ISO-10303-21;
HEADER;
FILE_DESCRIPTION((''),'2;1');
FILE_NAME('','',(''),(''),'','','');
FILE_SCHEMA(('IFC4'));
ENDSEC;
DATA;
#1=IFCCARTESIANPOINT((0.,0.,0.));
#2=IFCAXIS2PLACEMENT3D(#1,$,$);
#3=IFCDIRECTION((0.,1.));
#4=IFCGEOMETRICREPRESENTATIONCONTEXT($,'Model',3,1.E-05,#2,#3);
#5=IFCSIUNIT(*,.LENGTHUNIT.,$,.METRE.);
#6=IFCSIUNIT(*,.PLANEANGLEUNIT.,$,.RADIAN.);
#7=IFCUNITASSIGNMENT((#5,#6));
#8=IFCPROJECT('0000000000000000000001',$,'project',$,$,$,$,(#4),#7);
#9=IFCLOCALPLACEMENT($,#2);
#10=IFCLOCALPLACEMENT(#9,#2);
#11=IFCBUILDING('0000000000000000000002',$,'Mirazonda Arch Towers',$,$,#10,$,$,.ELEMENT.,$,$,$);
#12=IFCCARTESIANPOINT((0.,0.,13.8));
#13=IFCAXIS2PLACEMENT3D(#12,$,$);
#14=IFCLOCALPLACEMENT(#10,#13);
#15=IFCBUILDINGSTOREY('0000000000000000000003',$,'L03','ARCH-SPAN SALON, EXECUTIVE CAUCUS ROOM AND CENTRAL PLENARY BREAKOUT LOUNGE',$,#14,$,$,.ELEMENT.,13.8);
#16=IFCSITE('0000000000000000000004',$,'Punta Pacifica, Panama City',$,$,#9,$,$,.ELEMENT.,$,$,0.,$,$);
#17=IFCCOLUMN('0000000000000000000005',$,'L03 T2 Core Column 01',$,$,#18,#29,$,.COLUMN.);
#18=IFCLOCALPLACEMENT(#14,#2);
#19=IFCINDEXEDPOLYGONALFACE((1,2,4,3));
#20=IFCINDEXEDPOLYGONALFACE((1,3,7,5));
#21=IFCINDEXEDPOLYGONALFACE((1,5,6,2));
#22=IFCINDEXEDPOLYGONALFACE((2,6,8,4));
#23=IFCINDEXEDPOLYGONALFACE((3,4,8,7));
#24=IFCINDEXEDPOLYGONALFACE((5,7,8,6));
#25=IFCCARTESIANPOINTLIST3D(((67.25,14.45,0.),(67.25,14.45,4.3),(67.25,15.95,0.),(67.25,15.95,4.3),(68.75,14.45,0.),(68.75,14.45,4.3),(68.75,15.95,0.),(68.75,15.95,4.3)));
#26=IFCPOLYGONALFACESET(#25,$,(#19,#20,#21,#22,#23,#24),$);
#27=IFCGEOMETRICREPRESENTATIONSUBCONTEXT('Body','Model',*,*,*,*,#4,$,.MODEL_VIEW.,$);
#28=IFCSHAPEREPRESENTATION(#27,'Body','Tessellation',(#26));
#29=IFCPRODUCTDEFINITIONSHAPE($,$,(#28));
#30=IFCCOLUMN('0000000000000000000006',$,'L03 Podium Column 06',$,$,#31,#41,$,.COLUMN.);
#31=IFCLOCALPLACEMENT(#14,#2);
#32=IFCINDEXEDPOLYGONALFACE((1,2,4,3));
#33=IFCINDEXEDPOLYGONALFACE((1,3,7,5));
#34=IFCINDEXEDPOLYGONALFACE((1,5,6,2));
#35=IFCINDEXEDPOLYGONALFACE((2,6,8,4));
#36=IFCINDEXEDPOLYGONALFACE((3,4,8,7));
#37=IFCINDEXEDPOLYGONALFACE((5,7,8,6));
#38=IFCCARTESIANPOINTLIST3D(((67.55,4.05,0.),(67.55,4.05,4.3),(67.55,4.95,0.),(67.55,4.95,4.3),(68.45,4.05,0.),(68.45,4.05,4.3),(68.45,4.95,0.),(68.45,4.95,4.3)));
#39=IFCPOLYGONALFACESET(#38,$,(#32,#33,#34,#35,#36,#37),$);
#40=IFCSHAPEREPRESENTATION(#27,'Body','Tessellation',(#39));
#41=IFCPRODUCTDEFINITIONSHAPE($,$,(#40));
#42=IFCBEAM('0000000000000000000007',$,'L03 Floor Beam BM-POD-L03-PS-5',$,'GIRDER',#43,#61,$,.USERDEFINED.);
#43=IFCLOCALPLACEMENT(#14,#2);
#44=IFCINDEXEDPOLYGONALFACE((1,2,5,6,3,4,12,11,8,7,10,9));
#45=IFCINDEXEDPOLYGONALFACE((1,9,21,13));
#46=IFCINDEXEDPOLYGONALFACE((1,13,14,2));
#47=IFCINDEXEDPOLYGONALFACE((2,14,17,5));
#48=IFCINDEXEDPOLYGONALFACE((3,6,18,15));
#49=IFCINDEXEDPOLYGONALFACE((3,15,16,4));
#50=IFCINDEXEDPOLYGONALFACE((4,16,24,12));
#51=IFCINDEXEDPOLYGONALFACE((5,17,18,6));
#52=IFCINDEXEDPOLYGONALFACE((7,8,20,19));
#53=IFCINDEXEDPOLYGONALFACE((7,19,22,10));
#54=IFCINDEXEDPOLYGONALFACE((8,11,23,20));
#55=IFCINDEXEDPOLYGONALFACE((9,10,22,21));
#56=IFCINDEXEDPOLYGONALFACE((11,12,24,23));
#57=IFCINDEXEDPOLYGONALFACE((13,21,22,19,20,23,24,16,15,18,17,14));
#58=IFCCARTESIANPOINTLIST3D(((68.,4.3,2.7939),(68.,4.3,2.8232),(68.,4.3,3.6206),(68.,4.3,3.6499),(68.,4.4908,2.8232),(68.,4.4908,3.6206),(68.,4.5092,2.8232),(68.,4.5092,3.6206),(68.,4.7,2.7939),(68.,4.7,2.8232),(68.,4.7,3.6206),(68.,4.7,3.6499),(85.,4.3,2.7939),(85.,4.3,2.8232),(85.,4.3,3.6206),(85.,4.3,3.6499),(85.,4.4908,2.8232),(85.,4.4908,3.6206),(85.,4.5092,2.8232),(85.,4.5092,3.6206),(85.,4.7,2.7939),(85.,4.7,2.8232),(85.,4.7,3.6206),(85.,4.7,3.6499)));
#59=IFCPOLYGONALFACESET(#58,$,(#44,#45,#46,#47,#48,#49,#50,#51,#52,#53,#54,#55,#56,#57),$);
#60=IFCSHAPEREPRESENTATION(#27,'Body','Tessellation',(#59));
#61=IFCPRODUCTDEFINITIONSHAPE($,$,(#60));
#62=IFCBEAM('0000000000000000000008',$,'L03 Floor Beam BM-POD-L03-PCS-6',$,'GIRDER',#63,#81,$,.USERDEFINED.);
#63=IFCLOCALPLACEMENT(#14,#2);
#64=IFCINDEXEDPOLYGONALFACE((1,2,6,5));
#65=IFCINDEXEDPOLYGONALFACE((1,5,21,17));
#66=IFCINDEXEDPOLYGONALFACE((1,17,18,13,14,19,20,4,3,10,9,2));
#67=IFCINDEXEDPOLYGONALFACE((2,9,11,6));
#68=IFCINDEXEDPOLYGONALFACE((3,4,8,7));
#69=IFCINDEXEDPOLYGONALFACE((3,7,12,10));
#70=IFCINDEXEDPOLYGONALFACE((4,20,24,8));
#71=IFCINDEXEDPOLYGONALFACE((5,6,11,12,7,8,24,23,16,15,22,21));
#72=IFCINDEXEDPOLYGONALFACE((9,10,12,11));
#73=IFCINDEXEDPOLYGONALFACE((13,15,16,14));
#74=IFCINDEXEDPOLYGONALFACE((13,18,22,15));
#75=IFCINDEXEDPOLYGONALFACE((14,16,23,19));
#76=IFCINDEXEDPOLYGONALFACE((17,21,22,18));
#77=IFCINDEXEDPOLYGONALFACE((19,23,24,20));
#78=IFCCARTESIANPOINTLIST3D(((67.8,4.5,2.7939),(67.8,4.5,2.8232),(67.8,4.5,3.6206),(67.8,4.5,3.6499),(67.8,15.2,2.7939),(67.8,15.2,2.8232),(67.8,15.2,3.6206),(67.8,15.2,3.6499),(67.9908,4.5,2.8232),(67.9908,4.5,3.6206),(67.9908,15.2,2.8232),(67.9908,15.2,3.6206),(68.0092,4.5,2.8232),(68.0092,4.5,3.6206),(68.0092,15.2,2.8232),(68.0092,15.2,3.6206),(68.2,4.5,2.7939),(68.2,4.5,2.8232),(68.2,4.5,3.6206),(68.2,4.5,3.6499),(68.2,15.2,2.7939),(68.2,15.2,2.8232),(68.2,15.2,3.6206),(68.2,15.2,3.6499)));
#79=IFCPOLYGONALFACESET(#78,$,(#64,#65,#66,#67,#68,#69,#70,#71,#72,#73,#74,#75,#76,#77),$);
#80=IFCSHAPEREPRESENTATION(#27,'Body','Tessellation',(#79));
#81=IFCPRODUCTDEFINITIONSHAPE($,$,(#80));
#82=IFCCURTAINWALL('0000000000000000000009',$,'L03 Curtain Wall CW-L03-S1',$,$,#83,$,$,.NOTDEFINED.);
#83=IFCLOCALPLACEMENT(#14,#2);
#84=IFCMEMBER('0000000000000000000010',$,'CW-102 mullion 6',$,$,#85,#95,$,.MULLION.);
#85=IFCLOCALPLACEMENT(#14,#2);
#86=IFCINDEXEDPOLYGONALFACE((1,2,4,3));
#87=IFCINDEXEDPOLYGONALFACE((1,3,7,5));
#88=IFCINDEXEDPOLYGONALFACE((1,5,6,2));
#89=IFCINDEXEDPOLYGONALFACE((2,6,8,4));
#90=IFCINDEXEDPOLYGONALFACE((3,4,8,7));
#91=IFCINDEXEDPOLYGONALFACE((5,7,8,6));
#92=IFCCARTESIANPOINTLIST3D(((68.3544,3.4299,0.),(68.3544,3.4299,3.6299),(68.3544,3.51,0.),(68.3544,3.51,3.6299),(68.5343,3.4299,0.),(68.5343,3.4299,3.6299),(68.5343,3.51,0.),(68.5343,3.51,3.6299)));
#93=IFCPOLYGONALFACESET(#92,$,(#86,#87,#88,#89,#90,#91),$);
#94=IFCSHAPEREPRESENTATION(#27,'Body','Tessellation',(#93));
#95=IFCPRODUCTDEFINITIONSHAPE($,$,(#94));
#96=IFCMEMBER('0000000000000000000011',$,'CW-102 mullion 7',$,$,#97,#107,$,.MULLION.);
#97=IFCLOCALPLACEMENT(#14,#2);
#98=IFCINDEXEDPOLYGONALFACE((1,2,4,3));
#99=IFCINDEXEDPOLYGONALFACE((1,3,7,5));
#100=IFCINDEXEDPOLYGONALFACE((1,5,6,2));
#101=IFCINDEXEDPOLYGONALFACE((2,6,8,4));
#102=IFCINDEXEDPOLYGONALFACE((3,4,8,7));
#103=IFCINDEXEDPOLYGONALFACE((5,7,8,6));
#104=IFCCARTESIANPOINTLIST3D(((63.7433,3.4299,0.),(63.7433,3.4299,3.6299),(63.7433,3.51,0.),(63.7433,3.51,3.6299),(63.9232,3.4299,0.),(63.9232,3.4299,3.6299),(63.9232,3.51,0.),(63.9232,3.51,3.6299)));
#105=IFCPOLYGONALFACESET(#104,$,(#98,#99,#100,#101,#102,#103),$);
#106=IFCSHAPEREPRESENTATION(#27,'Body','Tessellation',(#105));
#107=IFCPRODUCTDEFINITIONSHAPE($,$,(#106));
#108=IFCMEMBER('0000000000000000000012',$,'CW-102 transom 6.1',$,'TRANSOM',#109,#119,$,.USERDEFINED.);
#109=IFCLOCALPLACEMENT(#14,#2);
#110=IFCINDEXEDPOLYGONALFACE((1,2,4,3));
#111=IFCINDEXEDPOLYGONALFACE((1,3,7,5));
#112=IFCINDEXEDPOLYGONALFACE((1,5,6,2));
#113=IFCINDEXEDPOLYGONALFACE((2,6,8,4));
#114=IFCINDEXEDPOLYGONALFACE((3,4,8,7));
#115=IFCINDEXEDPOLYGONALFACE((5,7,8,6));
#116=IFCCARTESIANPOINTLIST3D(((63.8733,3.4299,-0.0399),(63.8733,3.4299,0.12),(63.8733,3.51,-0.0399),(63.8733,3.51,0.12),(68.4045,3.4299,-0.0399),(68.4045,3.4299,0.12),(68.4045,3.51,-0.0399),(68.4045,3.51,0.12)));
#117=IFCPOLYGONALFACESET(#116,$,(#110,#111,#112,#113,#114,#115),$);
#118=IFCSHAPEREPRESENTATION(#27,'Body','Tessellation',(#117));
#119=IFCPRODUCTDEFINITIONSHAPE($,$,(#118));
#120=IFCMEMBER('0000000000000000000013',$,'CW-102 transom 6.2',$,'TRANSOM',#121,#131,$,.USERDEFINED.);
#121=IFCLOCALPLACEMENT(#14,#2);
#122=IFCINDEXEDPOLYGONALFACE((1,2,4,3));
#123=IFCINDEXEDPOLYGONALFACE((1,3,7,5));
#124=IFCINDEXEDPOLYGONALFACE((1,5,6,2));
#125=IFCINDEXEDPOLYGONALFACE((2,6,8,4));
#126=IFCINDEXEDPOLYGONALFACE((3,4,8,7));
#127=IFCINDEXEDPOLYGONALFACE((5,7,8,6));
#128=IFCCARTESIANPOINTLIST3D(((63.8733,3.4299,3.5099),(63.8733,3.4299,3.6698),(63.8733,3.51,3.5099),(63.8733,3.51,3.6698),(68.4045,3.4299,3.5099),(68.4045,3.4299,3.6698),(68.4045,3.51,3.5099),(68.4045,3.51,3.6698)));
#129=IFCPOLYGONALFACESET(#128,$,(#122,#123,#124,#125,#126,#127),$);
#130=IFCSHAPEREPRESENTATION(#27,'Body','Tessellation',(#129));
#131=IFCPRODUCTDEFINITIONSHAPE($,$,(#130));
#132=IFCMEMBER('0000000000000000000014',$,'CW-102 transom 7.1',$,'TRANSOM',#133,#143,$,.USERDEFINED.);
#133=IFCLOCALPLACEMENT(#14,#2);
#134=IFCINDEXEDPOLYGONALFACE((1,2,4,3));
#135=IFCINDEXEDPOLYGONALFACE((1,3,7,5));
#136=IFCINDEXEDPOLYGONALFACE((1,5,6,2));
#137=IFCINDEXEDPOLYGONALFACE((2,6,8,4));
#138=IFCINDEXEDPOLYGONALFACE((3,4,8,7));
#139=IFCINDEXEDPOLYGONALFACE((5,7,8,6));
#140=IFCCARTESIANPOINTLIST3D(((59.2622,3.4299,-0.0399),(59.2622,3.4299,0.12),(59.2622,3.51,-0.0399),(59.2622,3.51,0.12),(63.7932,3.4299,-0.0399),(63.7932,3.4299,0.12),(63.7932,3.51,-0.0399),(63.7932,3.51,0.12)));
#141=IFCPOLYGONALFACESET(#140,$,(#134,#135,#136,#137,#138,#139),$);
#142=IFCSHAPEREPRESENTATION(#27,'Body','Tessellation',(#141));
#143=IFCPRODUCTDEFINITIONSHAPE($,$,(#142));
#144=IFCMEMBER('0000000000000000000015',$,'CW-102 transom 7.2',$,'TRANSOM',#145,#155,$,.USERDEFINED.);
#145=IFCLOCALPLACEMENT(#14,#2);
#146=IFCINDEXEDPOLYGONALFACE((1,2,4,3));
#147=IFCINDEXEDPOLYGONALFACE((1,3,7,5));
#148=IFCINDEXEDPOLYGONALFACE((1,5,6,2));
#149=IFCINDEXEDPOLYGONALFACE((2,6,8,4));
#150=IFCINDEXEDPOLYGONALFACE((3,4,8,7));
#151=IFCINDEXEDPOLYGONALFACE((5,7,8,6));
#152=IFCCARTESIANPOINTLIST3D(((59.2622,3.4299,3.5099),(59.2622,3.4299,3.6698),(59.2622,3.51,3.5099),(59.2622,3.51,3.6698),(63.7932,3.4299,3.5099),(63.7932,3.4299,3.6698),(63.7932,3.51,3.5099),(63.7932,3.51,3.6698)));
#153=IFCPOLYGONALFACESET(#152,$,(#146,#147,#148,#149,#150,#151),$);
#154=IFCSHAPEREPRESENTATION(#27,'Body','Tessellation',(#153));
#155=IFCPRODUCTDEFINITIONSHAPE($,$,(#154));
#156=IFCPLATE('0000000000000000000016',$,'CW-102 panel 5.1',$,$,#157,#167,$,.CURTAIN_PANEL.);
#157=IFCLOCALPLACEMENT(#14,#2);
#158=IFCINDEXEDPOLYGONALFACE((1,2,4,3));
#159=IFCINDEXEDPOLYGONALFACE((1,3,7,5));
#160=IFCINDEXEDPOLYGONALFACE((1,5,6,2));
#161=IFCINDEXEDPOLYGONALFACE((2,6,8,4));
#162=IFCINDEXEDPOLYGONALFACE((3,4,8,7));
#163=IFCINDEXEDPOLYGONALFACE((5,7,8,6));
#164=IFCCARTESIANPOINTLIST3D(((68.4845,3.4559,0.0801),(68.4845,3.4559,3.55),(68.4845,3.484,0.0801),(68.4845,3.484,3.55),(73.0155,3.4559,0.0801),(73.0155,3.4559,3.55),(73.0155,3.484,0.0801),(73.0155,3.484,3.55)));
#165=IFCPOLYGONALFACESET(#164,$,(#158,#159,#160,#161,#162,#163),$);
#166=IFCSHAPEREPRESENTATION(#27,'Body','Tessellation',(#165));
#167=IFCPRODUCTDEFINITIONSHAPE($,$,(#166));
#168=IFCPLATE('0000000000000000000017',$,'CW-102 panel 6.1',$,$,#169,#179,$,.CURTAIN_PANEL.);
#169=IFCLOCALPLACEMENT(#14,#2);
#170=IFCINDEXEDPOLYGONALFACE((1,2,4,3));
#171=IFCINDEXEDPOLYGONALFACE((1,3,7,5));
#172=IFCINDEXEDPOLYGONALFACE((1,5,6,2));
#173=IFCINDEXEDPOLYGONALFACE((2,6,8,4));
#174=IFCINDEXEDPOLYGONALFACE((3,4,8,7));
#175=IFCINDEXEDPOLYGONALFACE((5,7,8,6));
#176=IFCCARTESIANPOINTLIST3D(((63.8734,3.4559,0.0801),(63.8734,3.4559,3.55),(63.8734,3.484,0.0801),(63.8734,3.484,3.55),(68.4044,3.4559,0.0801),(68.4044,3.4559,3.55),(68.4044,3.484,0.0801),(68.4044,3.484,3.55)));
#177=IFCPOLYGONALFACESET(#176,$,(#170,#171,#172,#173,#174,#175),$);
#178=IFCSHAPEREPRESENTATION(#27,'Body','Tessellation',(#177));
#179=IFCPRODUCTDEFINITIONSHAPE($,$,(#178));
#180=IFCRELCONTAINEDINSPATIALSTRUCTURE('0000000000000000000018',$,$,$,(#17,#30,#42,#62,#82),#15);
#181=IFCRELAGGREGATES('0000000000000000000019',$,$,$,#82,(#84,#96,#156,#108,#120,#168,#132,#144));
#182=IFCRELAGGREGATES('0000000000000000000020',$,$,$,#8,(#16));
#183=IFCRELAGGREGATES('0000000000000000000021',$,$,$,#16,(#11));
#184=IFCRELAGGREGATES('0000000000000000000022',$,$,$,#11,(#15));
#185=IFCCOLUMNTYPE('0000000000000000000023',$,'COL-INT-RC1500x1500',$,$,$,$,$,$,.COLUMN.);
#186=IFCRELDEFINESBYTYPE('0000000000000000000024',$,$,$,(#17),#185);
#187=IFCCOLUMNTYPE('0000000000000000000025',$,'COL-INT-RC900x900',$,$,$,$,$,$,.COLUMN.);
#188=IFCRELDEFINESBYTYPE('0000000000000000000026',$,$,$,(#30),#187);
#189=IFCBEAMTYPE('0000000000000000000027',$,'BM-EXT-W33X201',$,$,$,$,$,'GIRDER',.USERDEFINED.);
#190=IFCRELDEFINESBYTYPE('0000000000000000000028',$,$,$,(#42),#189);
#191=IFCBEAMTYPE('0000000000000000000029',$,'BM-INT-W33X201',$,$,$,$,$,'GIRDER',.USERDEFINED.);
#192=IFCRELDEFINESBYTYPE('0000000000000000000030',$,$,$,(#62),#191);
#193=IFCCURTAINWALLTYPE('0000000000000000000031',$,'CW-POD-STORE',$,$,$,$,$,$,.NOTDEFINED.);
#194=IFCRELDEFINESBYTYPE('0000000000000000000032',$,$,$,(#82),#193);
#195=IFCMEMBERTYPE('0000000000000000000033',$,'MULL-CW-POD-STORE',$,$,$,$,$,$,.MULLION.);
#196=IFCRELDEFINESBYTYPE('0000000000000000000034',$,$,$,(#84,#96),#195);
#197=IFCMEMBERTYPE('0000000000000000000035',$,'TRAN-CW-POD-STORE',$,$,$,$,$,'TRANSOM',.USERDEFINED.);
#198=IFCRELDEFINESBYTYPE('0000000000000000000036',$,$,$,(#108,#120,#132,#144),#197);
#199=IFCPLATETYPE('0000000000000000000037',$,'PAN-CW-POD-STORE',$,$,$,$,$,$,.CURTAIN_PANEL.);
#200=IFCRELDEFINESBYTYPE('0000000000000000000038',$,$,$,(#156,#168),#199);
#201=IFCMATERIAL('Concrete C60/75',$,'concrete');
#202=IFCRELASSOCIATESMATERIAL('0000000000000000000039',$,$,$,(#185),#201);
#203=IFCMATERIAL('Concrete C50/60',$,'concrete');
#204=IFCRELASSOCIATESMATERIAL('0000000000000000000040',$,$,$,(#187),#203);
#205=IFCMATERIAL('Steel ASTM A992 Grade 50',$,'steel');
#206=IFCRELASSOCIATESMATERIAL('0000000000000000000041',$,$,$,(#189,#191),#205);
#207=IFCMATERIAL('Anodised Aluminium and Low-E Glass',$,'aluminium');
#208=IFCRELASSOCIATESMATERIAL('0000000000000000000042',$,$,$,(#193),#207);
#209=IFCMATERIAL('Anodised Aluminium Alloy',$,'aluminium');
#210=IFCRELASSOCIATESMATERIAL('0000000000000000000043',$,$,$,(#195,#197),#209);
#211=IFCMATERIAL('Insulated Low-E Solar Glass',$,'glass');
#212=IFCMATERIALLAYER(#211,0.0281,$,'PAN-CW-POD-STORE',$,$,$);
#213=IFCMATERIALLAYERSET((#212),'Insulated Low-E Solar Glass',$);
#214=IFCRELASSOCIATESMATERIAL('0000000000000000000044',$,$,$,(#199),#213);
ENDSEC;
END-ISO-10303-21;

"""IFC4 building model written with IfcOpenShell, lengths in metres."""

from ifc_helpers import new_model, si_unit, direction, frame, origin, origin_2d, place, context, subcontext, project, spatial, rectangle, i_section, extrude, material, layer, layer_set, material_profile, profile_set, type_object, element, aggregate, save


model = new_model("IFC4")

# Units and contexts
model_context = context("Model", 3, precision=1e-05, world=origin(), true_north=direction((0.0, 1.0)))
body_context = subcontext(model_context, "Body", "Model", "MODEL_VIEW")
ifc_project = project(units=[si_unit("LENGTHUNIT", "METRE"), si_unit("PLANEANGLEUNIT", "RADIAN")], contexts=[model_context])

# Site, building, storey
site_placement = place(None, origin())
site = spatial("IfcSite", under=ifc_project, at=site_placement, Name="Punta Pacifica, Panama City", CompositionType="ELEMENT", RefElevation=0.0)
building_placement = place(site_placement, origin())
building = spatial("IfcBuilding", under=site, at=building_placement, Name="Mirazonda Arch Towers", CompositionType="ELEMENT")
storey_placement = place(building_placement, frame((0.0, 0.0, 13.8)))
storey = spatial("IfcBuildingStorey", under=building, at=storey_placement, Name="L03", Description="ARCH-SPAN SALON, EXECUTIVE CAUCUS ROOM AND CENTRAL PLENARY BREAKOUT LOUNGE", CompositionType="ELEMENT", Elevation=13.8)

# Columns
ifc_material_1 = material(Name="Concrete C60/75", Category="concrete")
ifc_material_profile_1 = material_profile(ifc_material_1, rectangle(XDim=1.5, YDim=1.5, at=origin_2d()), Name="RC1500x1500")
ifc_profile_set_1 = profile_set([ifc_material_profile_1], Name="Concrete C60/75")
column_type_1 = type_object("IfcColumnType", Name="COL-INT-RC1500x1500", PredefinedType="COLUMN", material=ifc_profile_set_1)
column_1_placement = place(storey_placement, frame((68.0, 15.2, 0.0), z_axis=(0.0, 0.0, 1.0), x_axis=(1.0, 0.0, 0.0)))
element("IfcColumn", 1, at=column_1_placement, inside=storey, type_object=column_type_1, Name="L03 T2 Core Column 01", PredefinedType="COLUMN", context=body_context, shape_type="SweptSolid", body=[
    extrude(rectangle(XDim=1.5, YDim=1.5, at=origin_2d()), origin(), (0.0, 0.0, 1.0), 4.3),
])
ifc_material_2 = material(Name="Concrete C50/60", Category="concrete")
ifc_material_profile_2 = material_profile(ifc_material_2, rectangle(XDim=0.8999, YDim=0.8999, at=origin_2d()), Name="RC900x900")
ifc_profile_set_2 = profile_set([ifc_material_profile_2], Name="Concrete C50/60")
column_type_2 = type_object("IfcColumnType", Name="COL-INT-RC900x900", PredefinedType="COLUMN", material=ifc_profile_set_2)
column_2_placement = place(storey_placement, frame((68.0, 4.5, 0.0), z_axis=(0.0, 0.0, 1.0), x_axis=(1.0, 0.0, 0.0)))
element("IfcColumn", 2, at=column_2_placement, inside=storey, type_object=column_type_2, Name="L03 Podium Column 06", PredefinedType="COLUMN", context=body_context, shape_type="SweptSolid", body=[
    extrude(rectangle(XDim=0.8999, YDim=0.8999, at=origin_2d()), origin(), (0.0, 0.0, 1.0), 4.3),
])

# Beams
ifc_material_3 = material(Name="Steel ASTM A992 Grade 50", Category="steel")
ifc_material_profile_3 = material_profile(ifc_material_3, i_section(OverallWidth=0.3999, OverallDepth=0.856, WebThickness=0.0183, FlangeThickness=0.0293, at=origin_2d()), Name="W33X201")
ifc_profile_set_3 = profile_set([ifc_material_profile_3], Name="Steel ASTM A992 Grade 50")
beam_type_1 = type_object("IfcBeamType", Name="BM-EXT-W33X201", ElementType="GIRDER", PredefinedType="USERDEFINED", material=ifc_profile_set_3)
beam_1_placement = place(storey_placement, frame((68.0, 4.5, 3.2219), z_axis=(1.0, 0.0, 0.0), x_axis=(0.0, 1.0, 0.0)))
element("IfcBeam", 3, at=beam_1_placement, inside=storey, type_object=beam_type_1, Name="L03 Floor Beam BM-POD-L03-PS-5", ObjectType="GIRDER", PredefinedType="USERDEFINED", context=body_context, shape_type="SweptSolid", body=[
    extrude(i_section(OverallWidth=0.3999, OverallDepth=0.856, WebThickness=0.0183, FlangeThickness=0.0293, at=origin_2d()), origin(), (0.0, 0.0, 1.0), 17.0),
])
ifc_material_profile_4 = material_profile(ifc_material_3, i_section(OverallWidth=0.3999, OverallDepth=0.856, WebThickness=0.0183, FlangeThickness=0.0293, at=origin_2d()), Name="W33X201")
ifc_profile_set_4 = profile_set([ifc_material_profile_4], Name="Steel ASTM A992 Grade 50")
beam_type_2 = type_object("IfcBeamType", Name="BM-INT-W33X201", ElementType="GIRDER", PredefinedType="USERDEFINED", material=ifc_profile_set_4)
beam_2_placement = place(storey_placement, frame((68.0, 4.5, 3.2219), z_axis=(0.0, 1.0, 0.0), x_axis=(-1.0, 0.0, 0.0)))
element("IfcBeam", 4, at=beam_2_placement, inside=storey, type_object=beam_type_2, Name="L03 Floor Beam BM-POD-L03-PCS-6", ObjectType="GIRDER", PredefinedType="USERDEFINED", context=body_context, shape_type="SweptSolid", body=[
    extrude(i_section(OverallWidth=0.3999, OverallDepth=0.856, WebThickness=0.0183, FlangeThickness=0.0293, at=origin_2d()), origin(), (0.0, 0.0, 1.0), 10.7),
])

# Curtain wall, members, plates
ifc_material_4 = material(Name="Anodised Aluminium and Low-E Glass", Category="aluminium")
curtain_wall_type = type_object("IfcCurtainWallType", Name="CW-POD-STORE", PredefinedType="NOTDEFINED", material=ifc_material_4)
curtain_wall_placement = place(storey_placement, origin())
curtain_wall = element("IfcCurtainWall", 5, at=curtain_wall_placement, inside=storey, type_object=curtain_wall_type, Name="L03 Curtain Wall CW-L03-S1", PredefinedType="NOTDEFINED")
ifc_material_5 = material(Name="Anodised Aluminium Alloy", Category="aluminium")
ifc_material_profile_5 = material_profile(ifc_material_5, rectangle(XDim=0.0801, YDim=0.1799, at=origin_2d()), Name="ALU-MULL-80x180")
ifc_profile_set_5 = profile_set([ifc_material_profile_5], Name="Anodised Aluminium Alloy")
member_type_1 = type_object("IfcMemberType", Name="MULL-CW-POD-STORE", PredefinedType="MULLION", material=ifc_profile_set_5)
member_1_placement = place(storey_placement, frame((68.4443, 3.47, 0.0), z_axis=(0.0, 0.0, 1.0), x_axis=(0.0, -1.0, 0.0)))
member_1 = element("IfcMember", 6, at=member_1_placement, type_object=member_type_1, Name="CW-102 mullion 6", PredefinedType="MULLION", context=body_context, shape_type="SweptSolid", body=[
    extrude(rectangle(XDim=0.0801, YDim=0.1799, at=origin_2d()), origin(), (0.0, 0.0, 1.0), 3.6299),
])
member_2_placement = place(storey_placement, frame((63.8333, 3.47, 0.0), z_axis=(0.0, 0.0, 1.0), x_axis=(0.0, -1.0, 0.0)))
member_2 = element("IfcMember", 7, at=member_2_placement, type_object=member_type_1, Name="CW-102 mullion 7", PredefinedType="MULLION", context=body_context, shape_type="SweptSolid", body=[
    extrude(rectangle(XDim=0.0801, YDim=0.1799, at=origin_2d()), origin(), (0.0, 0.0, 1.0), 3.6299),
])
ifc_material_profile_6 = material_profile(ifc_material_5, rectangle(XDim=0.0801, YDim=0.1599, at=origin_2d()), Name="ALU-TRAN-80x160")
ifc_profile_set_6 = profile_set([ifc_material_profile_6], Name="Anodised Aluminium Alloy")
member_type_2 = type_object("IfcMemberType", Name="TRAN-CW-POD-STORE", ElementType="TRANSOM", PredefinedType="USERDEFINED", material=ifc_profile_set_6)
member_3_placement = place(storey_placement, frame((68.4045, 3.47, 0.04), z_axis=(-1.0, 0.0, 0.0), x_axis=(0.0, -1.0, 0.0)))
member_3 = element("IfcMember", 8, at=member_3_placement, type_object=member_type_2, Name="CW-102 transom 6.1", ObjectType="TRANSOM", PredefinedType="USERDEFINED", context=body_context, shape_type="SweptSolid", body=[
    extrude(rectangle(XDim=0.0801, YDim=0.1599, at=origin_2d()), origin(), (0.0, 0.0, 1.0), 4.5312),
])
member_4_placement = place(storey_placement, frame((68.4045, 3.47, 3.5898), z_axis=(-1.0, 0.0, 0.0), x_axis=(0.0, -1.0, 0.0)))
member_4 = element("IfcMember", 9, at=member_4_placement, type_object=member_type_2, Name="CW-102 transom 6.2", ObjectType="TRANSOM", PredefinedType="USERDEFINED", context=body_context, shape_type="SweptSolid", body=[
    extrude(rectangle(XDim=0.0801, YDim=0.1599, at=origin_2d()), origin(), (0.0, 0.0, 1.0), 4.5312),
])
member_5_placement = place(storey_placement, frame((63.7932, 3.47, 0.04), z_axis=(-1.0, 0.0, 0.0), x_axis=(0.0, -1.0, 0.0)))
member_5 = element("IfcMember", 10, at=member_5_placement, type_object=member_type_2, Name="CW-102 transom 7.1", ObjectType="TRANSOM", PredefinedType="USERDEFINED", context=body_context, shape_type="SweptSolid", body=[
    extrude(rectangle(XDim=0.0801, YDim=0.1599, at=origin_2d()), origin(), (0.0, 0.0, 1.0), 4.531),
])
member_6_placement = place(storey_placement, frame((63.7932, 3.47, 3.5898), z_axis=(-1.0, 0.0, 0.0), x_axis=(0.0, -1.0, 0.0)))
member_6 = element("IfcMember", 11, at=member_6_placement, type_object=member_type_2, Name="CW-102 transom 7.2", ObjectType="TRANSOM", PredefinedType="USERDEFINED", context=body_context, shape_type="SweptSolid", body=[
    extrude(rectangle(XDim=0.0801, YDim=0.1599, at=origin_2d()), origin(), (0.0, 0.0, 1.0), 4.531),
])
ifc_material_6 = material(Name="Insulated Low-E Solar Glass", Category="glass")
ifc_layer_1 = layer(ifc_material_6, 0.0281, Name="PAN-CW-POD-STORE")
ifc_layer_set_1 = layer_set([ifc_layer_1], Name="Insulated Low-E Solar Glass")
plate_type = type_object("IfcPlateType", Name="PAN-CW-POD-STORE", PredefinedType="CURTAIN_PANEL", material=ifc_layer_set_1)
plate_1_placement = place(storey_placement, frame((70.75, 3.47, 0.0801), z_axis=(0.0, 0.0, 1.0), x_axis=(-1.0, 0.0, 0.0)))
plate_1 = element("IfcPlate", 12, at=plate_1_placement, type_object=plate_type, Name="CW-102 panel 5.1", PredefinedType="CURTAIN_PANEL", context=body_context, shape_type="SweptSolid", body=[
    extrude(rectangle(XDim=4.531, YDim=0.0281, at=origin_2d()), origin(), (0.0, 0.0, 1.0), 3.47),
])
plate_2_placement = place(storey_placement, frame((66.1389, 3.47, 0.0801), z_axis=(0.0, 0.0, 1.0), x_axis=(-1.0, 0.0, 0.0)))
plate_2 = element("IfcPlate", 13, at=plate_2_placement, type_object=plate_type, Name="CW-102 panel 6.1", PredefinedType="CURTAIN_PANEL", context=body_context, shape_type="SweptSolid", body=[
    extrude(rectangle(XDim=4.531, YDim=0.0281, at=origin_2d()), origin(), (0.0, 0.0, 1.0), 3.47),
])
aggregate(curtain_wall, [member_1, member_2, plate_1, member_3, member_4, plate_2, member_5, member_6])

save(model, "model.ifc")
